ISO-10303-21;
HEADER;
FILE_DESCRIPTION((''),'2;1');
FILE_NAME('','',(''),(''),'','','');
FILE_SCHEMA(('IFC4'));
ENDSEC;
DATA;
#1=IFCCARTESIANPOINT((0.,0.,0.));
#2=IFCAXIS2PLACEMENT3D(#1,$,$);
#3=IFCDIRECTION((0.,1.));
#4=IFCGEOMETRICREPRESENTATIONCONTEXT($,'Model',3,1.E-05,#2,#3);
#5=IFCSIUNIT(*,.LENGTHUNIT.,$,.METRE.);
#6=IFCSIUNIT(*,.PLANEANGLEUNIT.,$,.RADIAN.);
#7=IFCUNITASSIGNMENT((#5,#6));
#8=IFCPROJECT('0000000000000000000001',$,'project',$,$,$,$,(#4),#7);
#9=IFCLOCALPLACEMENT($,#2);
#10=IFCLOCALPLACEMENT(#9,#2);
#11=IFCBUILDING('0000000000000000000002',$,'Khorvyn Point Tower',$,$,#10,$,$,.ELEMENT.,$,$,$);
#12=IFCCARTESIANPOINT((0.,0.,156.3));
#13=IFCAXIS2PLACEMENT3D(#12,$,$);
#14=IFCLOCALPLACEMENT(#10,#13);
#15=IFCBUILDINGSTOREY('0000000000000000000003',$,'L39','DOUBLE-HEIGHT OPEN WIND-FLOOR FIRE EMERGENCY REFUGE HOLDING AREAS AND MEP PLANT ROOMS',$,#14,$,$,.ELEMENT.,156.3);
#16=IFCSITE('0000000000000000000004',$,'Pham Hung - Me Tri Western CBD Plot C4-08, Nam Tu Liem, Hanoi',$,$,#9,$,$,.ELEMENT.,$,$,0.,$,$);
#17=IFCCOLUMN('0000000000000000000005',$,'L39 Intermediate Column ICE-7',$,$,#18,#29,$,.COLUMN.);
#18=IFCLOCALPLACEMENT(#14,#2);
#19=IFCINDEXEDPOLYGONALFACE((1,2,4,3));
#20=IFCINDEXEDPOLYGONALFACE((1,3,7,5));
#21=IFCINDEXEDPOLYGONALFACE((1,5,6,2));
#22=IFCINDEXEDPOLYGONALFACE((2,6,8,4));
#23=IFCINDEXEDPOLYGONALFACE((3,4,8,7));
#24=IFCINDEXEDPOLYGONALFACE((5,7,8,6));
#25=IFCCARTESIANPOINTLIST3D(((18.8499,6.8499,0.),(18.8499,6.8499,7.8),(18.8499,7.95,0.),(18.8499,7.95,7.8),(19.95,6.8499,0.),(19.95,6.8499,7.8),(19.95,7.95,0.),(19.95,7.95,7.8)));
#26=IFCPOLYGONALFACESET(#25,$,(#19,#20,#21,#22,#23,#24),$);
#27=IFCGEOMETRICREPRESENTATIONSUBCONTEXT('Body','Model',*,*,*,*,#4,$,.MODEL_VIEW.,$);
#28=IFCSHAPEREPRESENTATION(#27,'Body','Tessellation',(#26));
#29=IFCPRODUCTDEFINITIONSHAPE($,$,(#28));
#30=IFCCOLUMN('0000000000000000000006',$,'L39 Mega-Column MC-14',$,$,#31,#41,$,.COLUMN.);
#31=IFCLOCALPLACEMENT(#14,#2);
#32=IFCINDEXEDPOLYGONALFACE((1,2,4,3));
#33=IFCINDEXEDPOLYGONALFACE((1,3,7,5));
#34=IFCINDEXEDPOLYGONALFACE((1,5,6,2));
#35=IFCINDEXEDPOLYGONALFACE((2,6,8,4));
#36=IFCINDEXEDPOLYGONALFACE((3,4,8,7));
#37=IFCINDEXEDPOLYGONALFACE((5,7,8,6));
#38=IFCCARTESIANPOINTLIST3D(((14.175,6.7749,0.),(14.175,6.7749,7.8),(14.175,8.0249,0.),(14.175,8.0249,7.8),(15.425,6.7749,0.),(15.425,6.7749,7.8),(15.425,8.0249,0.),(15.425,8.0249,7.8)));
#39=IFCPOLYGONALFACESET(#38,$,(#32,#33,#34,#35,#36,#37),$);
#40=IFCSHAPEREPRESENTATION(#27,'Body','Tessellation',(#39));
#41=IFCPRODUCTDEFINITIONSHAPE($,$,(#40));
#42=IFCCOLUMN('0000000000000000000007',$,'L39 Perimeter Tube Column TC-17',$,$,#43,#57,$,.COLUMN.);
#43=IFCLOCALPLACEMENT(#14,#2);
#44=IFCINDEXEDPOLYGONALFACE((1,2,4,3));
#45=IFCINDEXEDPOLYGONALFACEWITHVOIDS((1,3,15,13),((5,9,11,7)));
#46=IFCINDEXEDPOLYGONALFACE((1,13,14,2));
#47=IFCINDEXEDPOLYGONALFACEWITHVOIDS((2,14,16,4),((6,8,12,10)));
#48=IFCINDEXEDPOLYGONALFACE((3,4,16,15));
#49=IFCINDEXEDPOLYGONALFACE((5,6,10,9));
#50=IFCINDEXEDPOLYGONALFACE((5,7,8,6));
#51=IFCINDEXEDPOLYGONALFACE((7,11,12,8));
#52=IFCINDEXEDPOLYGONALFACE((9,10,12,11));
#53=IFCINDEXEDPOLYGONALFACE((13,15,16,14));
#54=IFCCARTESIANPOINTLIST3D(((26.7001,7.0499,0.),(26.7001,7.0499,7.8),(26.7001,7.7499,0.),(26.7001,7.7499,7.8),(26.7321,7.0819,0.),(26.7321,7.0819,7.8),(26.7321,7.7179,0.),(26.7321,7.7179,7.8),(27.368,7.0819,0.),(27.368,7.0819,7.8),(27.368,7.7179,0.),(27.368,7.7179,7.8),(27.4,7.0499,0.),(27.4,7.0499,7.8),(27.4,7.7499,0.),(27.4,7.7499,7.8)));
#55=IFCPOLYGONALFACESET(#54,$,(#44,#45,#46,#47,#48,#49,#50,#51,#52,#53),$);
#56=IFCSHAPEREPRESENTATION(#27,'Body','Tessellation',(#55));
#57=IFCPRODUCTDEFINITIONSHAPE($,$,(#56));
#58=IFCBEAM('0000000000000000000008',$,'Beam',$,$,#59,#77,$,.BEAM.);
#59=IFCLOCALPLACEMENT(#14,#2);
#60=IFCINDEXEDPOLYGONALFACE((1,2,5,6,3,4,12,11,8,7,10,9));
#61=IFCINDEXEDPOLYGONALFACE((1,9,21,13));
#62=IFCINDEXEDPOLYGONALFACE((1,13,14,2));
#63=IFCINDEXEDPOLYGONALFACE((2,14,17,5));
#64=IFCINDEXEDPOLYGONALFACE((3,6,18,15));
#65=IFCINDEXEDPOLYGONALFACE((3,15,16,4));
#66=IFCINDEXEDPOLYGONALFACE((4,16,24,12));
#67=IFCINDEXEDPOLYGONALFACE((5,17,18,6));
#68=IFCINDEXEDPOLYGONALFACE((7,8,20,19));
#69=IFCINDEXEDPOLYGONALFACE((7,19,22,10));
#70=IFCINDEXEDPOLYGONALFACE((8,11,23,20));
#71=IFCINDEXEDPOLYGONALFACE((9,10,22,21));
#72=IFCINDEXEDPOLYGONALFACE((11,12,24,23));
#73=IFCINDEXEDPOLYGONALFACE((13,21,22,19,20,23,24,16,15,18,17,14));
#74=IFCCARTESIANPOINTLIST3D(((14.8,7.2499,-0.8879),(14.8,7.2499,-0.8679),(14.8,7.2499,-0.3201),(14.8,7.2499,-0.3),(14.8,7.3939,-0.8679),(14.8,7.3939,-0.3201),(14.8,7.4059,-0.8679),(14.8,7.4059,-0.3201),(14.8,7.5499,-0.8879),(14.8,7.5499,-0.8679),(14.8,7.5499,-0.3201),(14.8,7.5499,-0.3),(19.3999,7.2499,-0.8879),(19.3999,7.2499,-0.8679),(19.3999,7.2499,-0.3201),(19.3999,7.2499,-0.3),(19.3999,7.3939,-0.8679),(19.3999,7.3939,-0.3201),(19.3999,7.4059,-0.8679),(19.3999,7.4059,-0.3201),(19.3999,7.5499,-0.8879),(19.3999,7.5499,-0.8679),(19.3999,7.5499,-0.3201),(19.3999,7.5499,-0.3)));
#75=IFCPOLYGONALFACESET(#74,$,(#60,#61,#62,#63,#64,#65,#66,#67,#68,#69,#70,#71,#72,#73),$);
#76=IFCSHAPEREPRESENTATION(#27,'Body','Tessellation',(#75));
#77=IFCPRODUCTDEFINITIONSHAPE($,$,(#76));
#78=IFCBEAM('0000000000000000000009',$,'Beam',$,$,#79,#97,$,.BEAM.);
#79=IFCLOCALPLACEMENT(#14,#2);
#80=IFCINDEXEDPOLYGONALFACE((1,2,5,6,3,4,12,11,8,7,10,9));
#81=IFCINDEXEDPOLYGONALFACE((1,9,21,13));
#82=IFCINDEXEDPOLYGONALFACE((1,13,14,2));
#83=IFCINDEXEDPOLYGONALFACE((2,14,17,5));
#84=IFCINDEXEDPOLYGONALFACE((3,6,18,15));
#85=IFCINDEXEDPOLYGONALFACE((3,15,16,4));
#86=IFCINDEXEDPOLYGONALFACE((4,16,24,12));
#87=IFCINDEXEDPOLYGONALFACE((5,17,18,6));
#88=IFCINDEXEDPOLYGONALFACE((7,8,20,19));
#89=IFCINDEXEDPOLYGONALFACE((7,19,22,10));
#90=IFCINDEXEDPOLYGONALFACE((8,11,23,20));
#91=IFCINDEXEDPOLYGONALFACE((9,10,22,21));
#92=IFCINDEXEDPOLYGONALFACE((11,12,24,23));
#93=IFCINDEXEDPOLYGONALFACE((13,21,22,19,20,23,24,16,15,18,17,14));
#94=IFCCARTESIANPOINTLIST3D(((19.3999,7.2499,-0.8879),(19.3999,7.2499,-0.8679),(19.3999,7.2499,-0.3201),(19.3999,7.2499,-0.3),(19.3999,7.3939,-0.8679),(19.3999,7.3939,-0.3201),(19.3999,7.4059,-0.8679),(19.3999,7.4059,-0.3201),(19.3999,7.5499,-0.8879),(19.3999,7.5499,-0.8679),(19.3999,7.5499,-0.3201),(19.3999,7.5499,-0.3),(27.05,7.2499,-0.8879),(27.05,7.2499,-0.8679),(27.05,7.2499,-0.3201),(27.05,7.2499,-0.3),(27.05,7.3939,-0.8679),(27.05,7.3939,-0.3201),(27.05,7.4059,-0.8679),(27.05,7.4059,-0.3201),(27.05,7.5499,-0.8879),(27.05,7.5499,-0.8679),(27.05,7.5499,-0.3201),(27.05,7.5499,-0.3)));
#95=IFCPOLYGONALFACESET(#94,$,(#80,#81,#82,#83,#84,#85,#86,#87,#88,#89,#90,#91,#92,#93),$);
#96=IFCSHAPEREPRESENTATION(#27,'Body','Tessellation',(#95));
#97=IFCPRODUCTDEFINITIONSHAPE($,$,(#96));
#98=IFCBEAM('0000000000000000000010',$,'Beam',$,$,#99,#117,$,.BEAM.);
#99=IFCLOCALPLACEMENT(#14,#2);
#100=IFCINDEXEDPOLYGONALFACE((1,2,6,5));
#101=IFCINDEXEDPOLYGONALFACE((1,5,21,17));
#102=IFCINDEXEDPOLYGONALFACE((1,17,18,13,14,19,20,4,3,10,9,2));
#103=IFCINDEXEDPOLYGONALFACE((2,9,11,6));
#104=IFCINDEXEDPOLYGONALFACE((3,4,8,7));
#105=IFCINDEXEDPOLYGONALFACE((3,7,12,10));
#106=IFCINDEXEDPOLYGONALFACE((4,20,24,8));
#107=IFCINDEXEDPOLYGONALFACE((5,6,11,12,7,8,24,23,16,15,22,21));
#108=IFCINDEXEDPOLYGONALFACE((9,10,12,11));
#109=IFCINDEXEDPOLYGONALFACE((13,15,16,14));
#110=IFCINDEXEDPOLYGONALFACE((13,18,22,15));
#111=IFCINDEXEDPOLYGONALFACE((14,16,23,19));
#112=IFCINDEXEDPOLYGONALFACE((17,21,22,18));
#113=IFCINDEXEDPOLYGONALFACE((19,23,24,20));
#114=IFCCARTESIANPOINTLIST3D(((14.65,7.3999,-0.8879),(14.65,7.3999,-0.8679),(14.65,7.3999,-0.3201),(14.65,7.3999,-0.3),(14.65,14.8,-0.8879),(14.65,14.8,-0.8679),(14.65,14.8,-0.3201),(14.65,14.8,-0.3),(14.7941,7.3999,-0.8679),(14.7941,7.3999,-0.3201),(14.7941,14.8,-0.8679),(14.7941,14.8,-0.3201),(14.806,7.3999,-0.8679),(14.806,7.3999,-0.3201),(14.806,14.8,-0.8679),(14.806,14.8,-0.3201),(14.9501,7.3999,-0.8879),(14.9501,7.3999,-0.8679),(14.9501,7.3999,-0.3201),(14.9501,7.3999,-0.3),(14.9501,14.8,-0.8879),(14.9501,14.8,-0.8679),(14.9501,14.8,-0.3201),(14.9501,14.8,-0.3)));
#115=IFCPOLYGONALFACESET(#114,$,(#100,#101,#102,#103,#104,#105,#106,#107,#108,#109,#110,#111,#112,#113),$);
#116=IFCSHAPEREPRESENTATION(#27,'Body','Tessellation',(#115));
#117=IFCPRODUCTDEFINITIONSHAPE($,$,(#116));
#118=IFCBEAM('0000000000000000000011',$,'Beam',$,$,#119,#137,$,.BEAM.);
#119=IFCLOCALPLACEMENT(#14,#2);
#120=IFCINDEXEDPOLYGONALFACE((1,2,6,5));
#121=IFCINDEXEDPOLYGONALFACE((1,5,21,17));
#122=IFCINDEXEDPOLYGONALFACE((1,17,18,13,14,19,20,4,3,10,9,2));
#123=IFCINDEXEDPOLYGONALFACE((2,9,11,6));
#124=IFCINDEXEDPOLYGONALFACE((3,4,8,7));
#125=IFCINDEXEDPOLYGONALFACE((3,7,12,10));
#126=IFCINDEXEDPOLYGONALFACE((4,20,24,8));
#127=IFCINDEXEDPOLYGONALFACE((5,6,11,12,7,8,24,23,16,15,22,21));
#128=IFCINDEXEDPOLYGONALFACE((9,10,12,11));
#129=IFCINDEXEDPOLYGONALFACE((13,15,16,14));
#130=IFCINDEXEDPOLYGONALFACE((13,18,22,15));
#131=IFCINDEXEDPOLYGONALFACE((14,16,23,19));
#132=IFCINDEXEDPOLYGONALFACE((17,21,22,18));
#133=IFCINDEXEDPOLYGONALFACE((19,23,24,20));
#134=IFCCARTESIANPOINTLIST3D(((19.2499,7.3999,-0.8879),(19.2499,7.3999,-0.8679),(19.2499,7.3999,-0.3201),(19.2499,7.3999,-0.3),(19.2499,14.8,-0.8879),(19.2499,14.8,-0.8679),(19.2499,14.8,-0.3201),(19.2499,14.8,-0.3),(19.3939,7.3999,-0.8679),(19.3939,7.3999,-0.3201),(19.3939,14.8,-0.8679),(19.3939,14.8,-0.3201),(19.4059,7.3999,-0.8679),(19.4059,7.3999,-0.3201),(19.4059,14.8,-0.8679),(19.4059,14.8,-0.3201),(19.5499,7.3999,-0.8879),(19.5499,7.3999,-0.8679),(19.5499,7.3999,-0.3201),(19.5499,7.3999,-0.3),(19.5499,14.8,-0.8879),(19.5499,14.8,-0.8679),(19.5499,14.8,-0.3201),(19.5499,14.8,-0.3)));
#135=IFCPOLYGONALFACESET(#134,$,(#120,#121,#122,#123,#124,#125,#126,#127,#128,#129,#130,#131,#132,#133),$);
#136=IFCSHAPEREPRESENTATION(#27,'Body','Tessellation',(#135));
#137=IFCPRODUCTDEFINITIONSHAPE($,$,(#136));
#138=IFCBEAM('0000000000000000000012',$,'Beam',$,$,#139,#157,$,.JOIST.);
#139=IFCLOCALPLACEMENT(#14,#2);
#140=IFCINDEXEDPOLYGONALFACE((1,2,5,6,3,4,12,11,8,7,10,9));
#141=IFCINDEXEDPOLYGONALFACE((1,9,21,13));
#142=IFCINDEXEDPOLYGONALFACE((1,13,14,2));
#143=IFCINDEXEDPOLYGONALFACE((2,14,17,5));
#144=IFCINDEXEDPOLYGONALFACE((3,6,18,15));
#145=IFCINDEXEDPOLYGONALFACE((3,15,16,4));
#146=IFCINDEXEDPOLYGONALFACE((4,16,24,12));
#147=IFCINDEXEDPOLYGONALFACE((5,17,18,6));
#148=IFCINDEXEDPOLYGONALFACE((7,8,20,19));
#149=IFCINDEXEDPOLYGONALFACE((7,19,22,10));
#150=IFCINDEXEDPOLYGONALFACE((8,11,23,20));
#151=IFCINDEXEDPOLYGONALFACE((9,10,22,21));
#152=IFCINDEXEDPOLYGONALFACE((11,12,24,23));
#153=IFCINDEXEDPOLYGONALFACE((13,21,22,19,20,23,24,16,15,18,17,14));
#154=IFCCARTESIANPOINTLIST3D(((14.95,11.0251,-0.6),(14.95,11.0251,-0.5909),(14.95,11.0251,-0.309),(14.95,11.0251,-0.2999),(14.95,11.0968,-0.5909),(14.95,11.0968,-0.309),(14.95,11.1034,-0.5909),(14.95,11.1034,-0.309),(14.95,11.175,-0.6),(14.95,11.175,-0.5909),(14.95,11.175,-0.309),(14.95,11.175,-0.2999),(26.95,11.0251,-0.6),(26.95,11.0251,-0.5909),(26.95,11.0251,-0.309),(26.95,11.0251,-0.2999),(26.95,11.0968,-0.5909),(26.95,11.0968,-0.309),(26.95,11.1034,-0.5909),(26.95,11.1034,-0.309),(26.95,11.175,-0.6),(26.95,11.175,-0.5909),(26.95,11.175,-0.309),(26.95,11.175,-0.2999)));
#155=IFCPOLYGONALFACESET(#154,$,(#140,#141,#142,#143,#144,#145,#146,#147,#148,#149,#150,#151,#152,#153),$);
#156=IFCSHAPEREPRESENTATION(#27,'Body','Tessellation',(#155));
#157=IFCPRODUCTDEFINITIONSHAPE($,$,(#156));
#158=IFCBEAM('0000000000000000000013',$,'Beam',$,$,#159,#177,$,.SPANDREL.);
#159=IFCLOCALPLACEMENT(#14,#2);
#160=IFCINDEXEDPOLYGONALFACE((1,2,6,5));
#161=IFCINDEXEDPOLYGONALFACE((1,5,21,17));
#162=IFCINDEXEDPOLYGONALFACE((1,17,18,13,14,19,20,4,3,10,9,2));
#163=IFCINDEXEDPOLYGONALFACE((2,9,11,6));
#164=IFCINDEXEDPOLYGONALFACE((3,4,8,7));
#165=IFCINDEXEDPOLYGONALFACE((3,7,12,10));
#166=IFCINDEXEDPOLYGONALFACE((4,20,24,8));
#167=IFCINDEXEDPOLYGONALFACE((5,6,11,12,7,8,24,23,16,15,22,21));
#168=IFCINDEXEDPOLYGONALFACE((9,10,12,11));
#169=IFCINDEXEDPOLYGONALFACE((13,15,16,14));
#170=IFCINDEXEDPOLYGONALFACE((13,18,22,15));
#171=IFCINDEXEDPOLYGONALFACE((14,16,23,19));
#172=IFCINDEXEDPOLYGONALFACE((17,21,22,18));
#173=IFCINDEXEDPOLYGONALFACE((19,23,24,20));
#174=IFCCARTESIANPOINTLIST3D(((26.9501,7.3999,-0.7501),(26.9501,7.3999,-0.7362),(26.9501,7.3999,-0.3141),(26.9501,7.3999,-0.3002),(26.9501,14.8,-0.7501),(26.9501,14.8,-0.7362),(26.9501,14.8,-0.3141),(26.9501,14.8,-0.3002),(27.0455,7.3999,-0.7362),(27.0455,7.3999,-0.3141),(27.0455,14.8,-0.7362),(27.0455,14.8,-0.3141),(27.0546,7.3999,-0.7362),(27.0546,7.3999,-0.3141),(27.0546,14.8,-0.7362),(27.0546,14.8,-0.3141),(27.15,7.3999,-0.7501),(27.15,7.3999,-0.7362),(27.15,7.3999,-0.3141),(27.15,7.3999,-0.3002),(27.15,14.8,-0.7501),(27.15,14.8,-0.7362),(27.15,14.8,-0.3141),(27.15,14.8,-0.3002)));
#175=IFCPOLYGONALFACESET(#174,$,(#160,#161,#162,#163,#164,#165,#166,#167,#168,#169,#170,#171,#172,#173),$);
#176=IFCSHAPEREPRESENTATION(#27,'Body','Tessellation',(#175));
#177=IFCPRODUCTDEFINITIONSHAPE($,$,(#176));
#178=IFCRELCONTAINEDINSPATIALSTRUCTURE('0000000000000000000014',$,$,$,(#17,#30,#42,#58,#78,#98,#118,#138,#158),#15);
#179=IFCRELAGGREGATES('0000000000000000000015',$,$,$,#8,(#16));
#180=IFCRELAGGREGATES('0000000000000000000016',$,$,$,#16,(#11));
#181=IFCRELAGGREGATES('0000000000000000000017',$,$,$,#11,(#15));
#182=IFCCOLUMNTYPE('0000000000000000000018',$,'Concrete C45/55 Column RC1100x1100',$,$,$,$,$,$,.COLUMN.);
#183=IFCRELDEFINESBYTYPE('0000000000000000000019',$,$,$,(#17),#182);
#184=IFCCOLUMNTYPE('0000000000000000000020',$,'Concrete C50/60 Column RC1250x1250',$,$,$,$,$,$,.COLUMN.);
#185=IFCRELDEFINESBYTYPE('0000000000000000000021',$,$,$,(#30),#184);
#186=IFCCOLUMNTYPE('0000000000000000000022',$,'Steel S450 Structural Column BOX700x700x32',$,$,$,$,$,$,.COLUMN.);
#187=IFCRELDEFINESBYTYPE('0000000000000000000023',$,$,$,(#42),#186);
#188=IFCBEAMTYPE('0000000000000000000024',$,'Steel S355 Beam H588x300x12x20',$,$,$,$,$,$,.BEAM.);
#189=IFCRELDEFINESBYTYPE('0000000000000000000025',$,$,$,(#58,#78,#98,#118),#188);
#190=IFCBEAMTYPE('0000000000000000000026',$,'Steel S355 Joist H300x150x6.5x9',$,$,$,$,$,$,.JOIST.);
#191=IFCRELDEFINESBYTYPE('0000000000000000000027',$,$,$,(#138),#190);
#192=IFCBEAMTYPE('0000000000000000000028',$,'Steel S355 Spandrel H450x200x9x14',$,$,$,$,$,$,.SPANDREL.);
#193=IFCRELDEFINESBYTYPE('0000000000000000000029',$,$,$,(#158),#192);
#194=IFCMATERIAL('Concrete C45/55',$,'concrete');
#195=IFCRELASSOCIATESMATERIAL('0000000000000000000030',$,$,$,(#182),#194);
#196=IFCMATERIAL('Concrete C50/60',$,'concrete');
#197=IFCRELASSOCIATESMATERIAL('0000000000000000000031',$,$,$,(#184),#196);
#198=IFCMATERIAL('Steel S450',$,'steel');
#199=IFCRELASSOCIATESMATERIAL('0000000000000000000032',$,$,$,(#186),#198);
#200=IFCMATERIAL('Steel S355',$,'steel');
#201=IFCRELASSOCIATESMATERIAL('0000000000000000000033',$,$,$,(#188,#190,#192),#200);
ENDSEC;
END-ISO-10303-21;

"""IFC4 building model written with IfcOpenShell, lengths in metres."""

from ifc_helpers import new_model, si_unit, direction, frame, origin, origin_2d, place, context, subcontext, project, spatial, rectangle, hollow_rectangle, i_section, extrude, material, material_profile, profile_set, type_object, element, save


model = new_model("IFC4")

# Units and contexts
model_context = context("Model", 3, precision=1e-05, world=origin(), true_north=direction((0.0, 1.0)))
body_context = subcontext(model_context, "Body", "Model", "MODEL_VIEW")
ifc_project = project(units=[si_unit("LENGTHUNIT", "METRE"), si_unit("PLANEANGLEUNIT", "RADIAN")], contexts=[model_context])

# Site, building, storey
site_placement = place(None, origin())
site = spatial("IfcSite", under=ifc_project, at=site_placement, Name="Pham Hung - Me Tri Western CBD Plot C4-08, Nam Tu Liem, Hanoi", CompositionType="ELEMENT", RefElevation=0.0)
building_placement = place(site_placement, origin())
building = spatial("IfcBuilding", under=site, at=building_placement, Name="Khorvyn Point Tower", CompositionType="ELEMENT")
storey_placement = place(building_placement, frame((0.0, 0.0, 156.3)))
storey = spatial("IfcBuildingStorey", under=building, at=storey_placement, Name="L39", Description="DOUBLE-HEIGHT OPEN WIND-FLOOR FIRE EMERGENCY REFUGE HOLDING AREAS AND MEP PLANT ROOMS", CompositionType="ELEMENT", Elevation=156.3)

# Columns
ifc_material_1 = material(Name="Concrete C45/55", Category="concrete")
ifc_material_profile_1 = material_profile(ifc_material_1, rectangle(XDim=1.1001, YDim=1.1001, at=origin_2d()))
ifc_profile_set_1 = profile_set([ifc_material_profile_1], Name="Concrete C45/55 RC1100x1100")
column_type_1 = type_object("IfcColumnType", Name="Concrete C45/55 Column RC1100x1100", PredefinedType="COLUMN", material=ifc_profile_set_1)
column_1_placement = place(storey_placement, frame((19.3999, 7.3999, 0.0), z_axis=(0.0, 0.0, 1.0), x_axis=(1.0, 0.0, 0.0)))
element("IfcColumn", 1, at=column_1_placement, inside=storey, type_object=column_type_1, Name="L39 Intermediate Column ICE-7", PredefinedType="COLUMN", context=body_context, shape_type="SweptSolid", body=[
    extrude(rectangle(XDim=1.1001, YDim=1.1001, at=origin_2d()), origin(), (0.0, 0.0, 1.0), 7.8),
])
ifc_material_2 = material(Name="Concrete C50/60", Category="concrete")
ifc_material_profile_2 = material_profile(ifc_material_2, rectangle(XDim=1.25, YDim=1.25, at=origin_2d()))
ifc_profile_set_2 = profile_set([ifc_material_profile_2], Name="Concrete C50/60 RC1250x1250")
column_type_2 = type_object("IfcColumnType", Name="Concrete C50/60 Column RC1250x1250", PredefinedType="COLUMN", material=ifc_profile_set_2)
column_2_placement = place(storey_placement, frame((14.8, 7.3999, 0.0), z_axis=(0.0, 0.0, 1.0), x_axis=(1.0, 0.0, 0.0)))
element("IfcColumn", 2, at=column_2_placement, inside=storey, type_object=column_type_2, Name="L39 Mega-Column MC-14", PredefinedType="COLUMN", context=body_context, shape_type="SweptSolid", body=[
    extrude(rectangle(XDim=1.25, YDim=1.25, at=origin_2d()), origin(), (0.0, 0.0, 1.0), 7.8),
])
ifc_material_3 = material(Name="Steel S450", Category="steel")
ifc_material_profile_3 = material_profile(ifc_material_3, hollow_rectangle(XDim=0.7, YDim=0.7, WallThickness=0.032, at=origin_2d()))
ifc_profile_set_3 = profile_set([ifc_material_profile_3], Name="Steel S450 BOX700x700x32")
column_type_3 = type_object("IfcColumnType", Name="Steel S450 Structural Column BOX700x700x32", PredefinedType="COLUMN", material=ifc_profile_set_3)
column_3_placement = place(storey_placement, frame((27.05, 7.3999, 0.0), z_axis=(0.0, 0.0, 1.0), x_axis=(1.0, 0.0, 0.0)))
element("IfcColumn", 3, at=column_3_placement, inside=storey, type_object=column_type_3, Name="L39 Perimeter Tube Column TC-17", PredefinedType="COLUMN", context=body_context, shape_type="SweptSolid", body=[
    extrude(hollow_rectangle(XDim=0.7, YDim=0.7, WallThickness=0.032, at=origin_2d()), origin(), (0.0, 0.0, 1.0), 7.8),
])

# Beams
ifc_material_4 = material(Name="Steel S355", Category="steel")
ifc_material_profile_4 = material_profile(ifc_material_4, i_section(OverallWidth=0.3, OverallDepth=0.5879, WebThickness=0.012, FlangeThickness=0.02, at=origin_2d()))
ifc_profile_set_4 = profile_set([ifc_material_profile_4], Name="Steel S355 H588x300x12x20")
beam_type_1 = type_object("IfcBeamType", Name="Steel S355 Beam H588x300x12x20", PredefinedType="BEAM", material=ifc_profile_set_4)
beam_1_placement = place(storey_placement, frame((14.8, 7.3999, -0.594), z_axis=(1.0, 0.0, 0.0), x_axis=(0.0, 1.0, 0.0)))
element("IfcBeam", 4, at=beam_1_placement, inside=storey, type_object=beam_type_1, Name="Beam", PredefinedType="BEAM", context=body_context, shape_type="SweptSolid", body=[
    extrude(i_section(OverallWidth=0.3, OverallDepth=0.5879, WebThickness=0.012, FlangeThickness=0.02, at=origin_2d()), origin(), (0.0, 0.0, 1.0), 4.5999),
])
beam_2_placement = place(storey_placement, frame((19.3999, 7.3999, -0.594), z_axis=(1.0, 0.0, 0.0), x_axis=(0.0, 1.0, 0.0)))
element("IfcBeam", 5, at=beam_2_placement, inside=storey, type_object=beam_type_1, Name="Beam", PredefinedType="BEAM", context=body_context, shape_type="SweptSolid", body=[
    extrude(i_section(OverallWidth=0.3, OverallDepth=0.5879, WebThickness=0.012, FlangeThickness=0.02, at=origin_2d()), origin(), (0.0, 0.0, 1.0), 7.6501),
])
for number, where, z_axis, x_axis, name in (
    (6, (14.8, 7.3999, -0.594), (0.0, 1.0, 0.0), (-1.0, 0.0, 0.0), "Beam"),
    (7, (19.3999, 7.3999, -0.594), (0.0, 1.0, 0.0), (-1.0, 0.0, 0.0), "Beam"),
):
    element("IfcBeam", number, at=place(storey_placement, frame(where, z_axis=z_axis, x_axis=x_axis)), inside=storey, type_object=beam_type_1, Name=name, PredefinedType="BEAM", context=body_context, shape_type="SweptSolid", body=[
        extrude(i_section(OverallWidth=0.3, OverallDepth=0.5879, WebThickness=0.012, FlangeThickness=0.02, at=origin_2d()), origin(), (0.0, 0.0, 1.0), 7.4001),
    ])
ifc_material_profile_5 = material_profile(ifc_material_4, i_section(OverallWidth=0.1499, OverallDepth=0.3, WebThickness=0.0066, FlangeThickness=0.009, at=origin_2d()))
ifc_profile_set_5 = profile_set([ifc_material_profile_5], Name="Steel S355 H300x150x6.5x9")
beam_type_2 = type_object("IfcBeamType", Name="Steel S355 Joist H300x150x6.5x9", PredefinedType="JOIST", material=ifc_profile_set_5)
beam_3_placement = place(storey_placement, frame((14.95, 11.1001, -0.45), z_axis=(1.0, 0.0, 0.0), x_axis=(0.0, 1.0, 0.0)))
element("IfcBeam", 8, at=beam_3_placement, inside=storey, type_object=beam_type_2, Name="Beam", PredefinedType="JOIST", context=body_context, shape_type="SweptSolid", body=[
    extrude(i_section(OverallWidth=0.1499, OverallDepth=0.3, WebThickness=0.0066, FlangeThickness=0.009, at=origin_2d()), origin(), (0.0, 0.0, 1.0), 12.0),
])
ifc_material_profile_6 = material_profile(ifc_material_4, i_section(OverallWidth=0.2, OverallDepth=0.45, WebThickness=0.009, FlangeThickness=0.0139, at=origin_2d()))
ifc_profile_set_6 = profile_set([ifc_material_profile_6], Name="Steel S355 H450x200x9x14")
beam_type_3 = type_object("IfcBeamType", Name="Steel S355 Spandrel H450x200x9x14", PredefinedType="SPANDREL", material=ifc_profile_set_6)
beam_4_placement = place(storey_placement, frame((27.05, 7.3999, -0.5251), z_axis=(0.0, 1.0, 0.0), x_axis=(-1.0, 0.0, 0.0)))
element("IfcBeam", 9, at=beam_4_placement, inside=storey, type_object=beam_type_3, Name="Beam", PredefinedType="SPANDREL", context=body_context, shape_type="SweptSolid", body=[
    extrude(i_section(OverallWidth=0.2, OverallDepth=0.45, WebThickness=0.009, FlangeThickness=0.0139, at=origin_2d()), origin(), (0.0, 0.0, 1.0), 7.4001),
])

save(model, "model.ifc")
